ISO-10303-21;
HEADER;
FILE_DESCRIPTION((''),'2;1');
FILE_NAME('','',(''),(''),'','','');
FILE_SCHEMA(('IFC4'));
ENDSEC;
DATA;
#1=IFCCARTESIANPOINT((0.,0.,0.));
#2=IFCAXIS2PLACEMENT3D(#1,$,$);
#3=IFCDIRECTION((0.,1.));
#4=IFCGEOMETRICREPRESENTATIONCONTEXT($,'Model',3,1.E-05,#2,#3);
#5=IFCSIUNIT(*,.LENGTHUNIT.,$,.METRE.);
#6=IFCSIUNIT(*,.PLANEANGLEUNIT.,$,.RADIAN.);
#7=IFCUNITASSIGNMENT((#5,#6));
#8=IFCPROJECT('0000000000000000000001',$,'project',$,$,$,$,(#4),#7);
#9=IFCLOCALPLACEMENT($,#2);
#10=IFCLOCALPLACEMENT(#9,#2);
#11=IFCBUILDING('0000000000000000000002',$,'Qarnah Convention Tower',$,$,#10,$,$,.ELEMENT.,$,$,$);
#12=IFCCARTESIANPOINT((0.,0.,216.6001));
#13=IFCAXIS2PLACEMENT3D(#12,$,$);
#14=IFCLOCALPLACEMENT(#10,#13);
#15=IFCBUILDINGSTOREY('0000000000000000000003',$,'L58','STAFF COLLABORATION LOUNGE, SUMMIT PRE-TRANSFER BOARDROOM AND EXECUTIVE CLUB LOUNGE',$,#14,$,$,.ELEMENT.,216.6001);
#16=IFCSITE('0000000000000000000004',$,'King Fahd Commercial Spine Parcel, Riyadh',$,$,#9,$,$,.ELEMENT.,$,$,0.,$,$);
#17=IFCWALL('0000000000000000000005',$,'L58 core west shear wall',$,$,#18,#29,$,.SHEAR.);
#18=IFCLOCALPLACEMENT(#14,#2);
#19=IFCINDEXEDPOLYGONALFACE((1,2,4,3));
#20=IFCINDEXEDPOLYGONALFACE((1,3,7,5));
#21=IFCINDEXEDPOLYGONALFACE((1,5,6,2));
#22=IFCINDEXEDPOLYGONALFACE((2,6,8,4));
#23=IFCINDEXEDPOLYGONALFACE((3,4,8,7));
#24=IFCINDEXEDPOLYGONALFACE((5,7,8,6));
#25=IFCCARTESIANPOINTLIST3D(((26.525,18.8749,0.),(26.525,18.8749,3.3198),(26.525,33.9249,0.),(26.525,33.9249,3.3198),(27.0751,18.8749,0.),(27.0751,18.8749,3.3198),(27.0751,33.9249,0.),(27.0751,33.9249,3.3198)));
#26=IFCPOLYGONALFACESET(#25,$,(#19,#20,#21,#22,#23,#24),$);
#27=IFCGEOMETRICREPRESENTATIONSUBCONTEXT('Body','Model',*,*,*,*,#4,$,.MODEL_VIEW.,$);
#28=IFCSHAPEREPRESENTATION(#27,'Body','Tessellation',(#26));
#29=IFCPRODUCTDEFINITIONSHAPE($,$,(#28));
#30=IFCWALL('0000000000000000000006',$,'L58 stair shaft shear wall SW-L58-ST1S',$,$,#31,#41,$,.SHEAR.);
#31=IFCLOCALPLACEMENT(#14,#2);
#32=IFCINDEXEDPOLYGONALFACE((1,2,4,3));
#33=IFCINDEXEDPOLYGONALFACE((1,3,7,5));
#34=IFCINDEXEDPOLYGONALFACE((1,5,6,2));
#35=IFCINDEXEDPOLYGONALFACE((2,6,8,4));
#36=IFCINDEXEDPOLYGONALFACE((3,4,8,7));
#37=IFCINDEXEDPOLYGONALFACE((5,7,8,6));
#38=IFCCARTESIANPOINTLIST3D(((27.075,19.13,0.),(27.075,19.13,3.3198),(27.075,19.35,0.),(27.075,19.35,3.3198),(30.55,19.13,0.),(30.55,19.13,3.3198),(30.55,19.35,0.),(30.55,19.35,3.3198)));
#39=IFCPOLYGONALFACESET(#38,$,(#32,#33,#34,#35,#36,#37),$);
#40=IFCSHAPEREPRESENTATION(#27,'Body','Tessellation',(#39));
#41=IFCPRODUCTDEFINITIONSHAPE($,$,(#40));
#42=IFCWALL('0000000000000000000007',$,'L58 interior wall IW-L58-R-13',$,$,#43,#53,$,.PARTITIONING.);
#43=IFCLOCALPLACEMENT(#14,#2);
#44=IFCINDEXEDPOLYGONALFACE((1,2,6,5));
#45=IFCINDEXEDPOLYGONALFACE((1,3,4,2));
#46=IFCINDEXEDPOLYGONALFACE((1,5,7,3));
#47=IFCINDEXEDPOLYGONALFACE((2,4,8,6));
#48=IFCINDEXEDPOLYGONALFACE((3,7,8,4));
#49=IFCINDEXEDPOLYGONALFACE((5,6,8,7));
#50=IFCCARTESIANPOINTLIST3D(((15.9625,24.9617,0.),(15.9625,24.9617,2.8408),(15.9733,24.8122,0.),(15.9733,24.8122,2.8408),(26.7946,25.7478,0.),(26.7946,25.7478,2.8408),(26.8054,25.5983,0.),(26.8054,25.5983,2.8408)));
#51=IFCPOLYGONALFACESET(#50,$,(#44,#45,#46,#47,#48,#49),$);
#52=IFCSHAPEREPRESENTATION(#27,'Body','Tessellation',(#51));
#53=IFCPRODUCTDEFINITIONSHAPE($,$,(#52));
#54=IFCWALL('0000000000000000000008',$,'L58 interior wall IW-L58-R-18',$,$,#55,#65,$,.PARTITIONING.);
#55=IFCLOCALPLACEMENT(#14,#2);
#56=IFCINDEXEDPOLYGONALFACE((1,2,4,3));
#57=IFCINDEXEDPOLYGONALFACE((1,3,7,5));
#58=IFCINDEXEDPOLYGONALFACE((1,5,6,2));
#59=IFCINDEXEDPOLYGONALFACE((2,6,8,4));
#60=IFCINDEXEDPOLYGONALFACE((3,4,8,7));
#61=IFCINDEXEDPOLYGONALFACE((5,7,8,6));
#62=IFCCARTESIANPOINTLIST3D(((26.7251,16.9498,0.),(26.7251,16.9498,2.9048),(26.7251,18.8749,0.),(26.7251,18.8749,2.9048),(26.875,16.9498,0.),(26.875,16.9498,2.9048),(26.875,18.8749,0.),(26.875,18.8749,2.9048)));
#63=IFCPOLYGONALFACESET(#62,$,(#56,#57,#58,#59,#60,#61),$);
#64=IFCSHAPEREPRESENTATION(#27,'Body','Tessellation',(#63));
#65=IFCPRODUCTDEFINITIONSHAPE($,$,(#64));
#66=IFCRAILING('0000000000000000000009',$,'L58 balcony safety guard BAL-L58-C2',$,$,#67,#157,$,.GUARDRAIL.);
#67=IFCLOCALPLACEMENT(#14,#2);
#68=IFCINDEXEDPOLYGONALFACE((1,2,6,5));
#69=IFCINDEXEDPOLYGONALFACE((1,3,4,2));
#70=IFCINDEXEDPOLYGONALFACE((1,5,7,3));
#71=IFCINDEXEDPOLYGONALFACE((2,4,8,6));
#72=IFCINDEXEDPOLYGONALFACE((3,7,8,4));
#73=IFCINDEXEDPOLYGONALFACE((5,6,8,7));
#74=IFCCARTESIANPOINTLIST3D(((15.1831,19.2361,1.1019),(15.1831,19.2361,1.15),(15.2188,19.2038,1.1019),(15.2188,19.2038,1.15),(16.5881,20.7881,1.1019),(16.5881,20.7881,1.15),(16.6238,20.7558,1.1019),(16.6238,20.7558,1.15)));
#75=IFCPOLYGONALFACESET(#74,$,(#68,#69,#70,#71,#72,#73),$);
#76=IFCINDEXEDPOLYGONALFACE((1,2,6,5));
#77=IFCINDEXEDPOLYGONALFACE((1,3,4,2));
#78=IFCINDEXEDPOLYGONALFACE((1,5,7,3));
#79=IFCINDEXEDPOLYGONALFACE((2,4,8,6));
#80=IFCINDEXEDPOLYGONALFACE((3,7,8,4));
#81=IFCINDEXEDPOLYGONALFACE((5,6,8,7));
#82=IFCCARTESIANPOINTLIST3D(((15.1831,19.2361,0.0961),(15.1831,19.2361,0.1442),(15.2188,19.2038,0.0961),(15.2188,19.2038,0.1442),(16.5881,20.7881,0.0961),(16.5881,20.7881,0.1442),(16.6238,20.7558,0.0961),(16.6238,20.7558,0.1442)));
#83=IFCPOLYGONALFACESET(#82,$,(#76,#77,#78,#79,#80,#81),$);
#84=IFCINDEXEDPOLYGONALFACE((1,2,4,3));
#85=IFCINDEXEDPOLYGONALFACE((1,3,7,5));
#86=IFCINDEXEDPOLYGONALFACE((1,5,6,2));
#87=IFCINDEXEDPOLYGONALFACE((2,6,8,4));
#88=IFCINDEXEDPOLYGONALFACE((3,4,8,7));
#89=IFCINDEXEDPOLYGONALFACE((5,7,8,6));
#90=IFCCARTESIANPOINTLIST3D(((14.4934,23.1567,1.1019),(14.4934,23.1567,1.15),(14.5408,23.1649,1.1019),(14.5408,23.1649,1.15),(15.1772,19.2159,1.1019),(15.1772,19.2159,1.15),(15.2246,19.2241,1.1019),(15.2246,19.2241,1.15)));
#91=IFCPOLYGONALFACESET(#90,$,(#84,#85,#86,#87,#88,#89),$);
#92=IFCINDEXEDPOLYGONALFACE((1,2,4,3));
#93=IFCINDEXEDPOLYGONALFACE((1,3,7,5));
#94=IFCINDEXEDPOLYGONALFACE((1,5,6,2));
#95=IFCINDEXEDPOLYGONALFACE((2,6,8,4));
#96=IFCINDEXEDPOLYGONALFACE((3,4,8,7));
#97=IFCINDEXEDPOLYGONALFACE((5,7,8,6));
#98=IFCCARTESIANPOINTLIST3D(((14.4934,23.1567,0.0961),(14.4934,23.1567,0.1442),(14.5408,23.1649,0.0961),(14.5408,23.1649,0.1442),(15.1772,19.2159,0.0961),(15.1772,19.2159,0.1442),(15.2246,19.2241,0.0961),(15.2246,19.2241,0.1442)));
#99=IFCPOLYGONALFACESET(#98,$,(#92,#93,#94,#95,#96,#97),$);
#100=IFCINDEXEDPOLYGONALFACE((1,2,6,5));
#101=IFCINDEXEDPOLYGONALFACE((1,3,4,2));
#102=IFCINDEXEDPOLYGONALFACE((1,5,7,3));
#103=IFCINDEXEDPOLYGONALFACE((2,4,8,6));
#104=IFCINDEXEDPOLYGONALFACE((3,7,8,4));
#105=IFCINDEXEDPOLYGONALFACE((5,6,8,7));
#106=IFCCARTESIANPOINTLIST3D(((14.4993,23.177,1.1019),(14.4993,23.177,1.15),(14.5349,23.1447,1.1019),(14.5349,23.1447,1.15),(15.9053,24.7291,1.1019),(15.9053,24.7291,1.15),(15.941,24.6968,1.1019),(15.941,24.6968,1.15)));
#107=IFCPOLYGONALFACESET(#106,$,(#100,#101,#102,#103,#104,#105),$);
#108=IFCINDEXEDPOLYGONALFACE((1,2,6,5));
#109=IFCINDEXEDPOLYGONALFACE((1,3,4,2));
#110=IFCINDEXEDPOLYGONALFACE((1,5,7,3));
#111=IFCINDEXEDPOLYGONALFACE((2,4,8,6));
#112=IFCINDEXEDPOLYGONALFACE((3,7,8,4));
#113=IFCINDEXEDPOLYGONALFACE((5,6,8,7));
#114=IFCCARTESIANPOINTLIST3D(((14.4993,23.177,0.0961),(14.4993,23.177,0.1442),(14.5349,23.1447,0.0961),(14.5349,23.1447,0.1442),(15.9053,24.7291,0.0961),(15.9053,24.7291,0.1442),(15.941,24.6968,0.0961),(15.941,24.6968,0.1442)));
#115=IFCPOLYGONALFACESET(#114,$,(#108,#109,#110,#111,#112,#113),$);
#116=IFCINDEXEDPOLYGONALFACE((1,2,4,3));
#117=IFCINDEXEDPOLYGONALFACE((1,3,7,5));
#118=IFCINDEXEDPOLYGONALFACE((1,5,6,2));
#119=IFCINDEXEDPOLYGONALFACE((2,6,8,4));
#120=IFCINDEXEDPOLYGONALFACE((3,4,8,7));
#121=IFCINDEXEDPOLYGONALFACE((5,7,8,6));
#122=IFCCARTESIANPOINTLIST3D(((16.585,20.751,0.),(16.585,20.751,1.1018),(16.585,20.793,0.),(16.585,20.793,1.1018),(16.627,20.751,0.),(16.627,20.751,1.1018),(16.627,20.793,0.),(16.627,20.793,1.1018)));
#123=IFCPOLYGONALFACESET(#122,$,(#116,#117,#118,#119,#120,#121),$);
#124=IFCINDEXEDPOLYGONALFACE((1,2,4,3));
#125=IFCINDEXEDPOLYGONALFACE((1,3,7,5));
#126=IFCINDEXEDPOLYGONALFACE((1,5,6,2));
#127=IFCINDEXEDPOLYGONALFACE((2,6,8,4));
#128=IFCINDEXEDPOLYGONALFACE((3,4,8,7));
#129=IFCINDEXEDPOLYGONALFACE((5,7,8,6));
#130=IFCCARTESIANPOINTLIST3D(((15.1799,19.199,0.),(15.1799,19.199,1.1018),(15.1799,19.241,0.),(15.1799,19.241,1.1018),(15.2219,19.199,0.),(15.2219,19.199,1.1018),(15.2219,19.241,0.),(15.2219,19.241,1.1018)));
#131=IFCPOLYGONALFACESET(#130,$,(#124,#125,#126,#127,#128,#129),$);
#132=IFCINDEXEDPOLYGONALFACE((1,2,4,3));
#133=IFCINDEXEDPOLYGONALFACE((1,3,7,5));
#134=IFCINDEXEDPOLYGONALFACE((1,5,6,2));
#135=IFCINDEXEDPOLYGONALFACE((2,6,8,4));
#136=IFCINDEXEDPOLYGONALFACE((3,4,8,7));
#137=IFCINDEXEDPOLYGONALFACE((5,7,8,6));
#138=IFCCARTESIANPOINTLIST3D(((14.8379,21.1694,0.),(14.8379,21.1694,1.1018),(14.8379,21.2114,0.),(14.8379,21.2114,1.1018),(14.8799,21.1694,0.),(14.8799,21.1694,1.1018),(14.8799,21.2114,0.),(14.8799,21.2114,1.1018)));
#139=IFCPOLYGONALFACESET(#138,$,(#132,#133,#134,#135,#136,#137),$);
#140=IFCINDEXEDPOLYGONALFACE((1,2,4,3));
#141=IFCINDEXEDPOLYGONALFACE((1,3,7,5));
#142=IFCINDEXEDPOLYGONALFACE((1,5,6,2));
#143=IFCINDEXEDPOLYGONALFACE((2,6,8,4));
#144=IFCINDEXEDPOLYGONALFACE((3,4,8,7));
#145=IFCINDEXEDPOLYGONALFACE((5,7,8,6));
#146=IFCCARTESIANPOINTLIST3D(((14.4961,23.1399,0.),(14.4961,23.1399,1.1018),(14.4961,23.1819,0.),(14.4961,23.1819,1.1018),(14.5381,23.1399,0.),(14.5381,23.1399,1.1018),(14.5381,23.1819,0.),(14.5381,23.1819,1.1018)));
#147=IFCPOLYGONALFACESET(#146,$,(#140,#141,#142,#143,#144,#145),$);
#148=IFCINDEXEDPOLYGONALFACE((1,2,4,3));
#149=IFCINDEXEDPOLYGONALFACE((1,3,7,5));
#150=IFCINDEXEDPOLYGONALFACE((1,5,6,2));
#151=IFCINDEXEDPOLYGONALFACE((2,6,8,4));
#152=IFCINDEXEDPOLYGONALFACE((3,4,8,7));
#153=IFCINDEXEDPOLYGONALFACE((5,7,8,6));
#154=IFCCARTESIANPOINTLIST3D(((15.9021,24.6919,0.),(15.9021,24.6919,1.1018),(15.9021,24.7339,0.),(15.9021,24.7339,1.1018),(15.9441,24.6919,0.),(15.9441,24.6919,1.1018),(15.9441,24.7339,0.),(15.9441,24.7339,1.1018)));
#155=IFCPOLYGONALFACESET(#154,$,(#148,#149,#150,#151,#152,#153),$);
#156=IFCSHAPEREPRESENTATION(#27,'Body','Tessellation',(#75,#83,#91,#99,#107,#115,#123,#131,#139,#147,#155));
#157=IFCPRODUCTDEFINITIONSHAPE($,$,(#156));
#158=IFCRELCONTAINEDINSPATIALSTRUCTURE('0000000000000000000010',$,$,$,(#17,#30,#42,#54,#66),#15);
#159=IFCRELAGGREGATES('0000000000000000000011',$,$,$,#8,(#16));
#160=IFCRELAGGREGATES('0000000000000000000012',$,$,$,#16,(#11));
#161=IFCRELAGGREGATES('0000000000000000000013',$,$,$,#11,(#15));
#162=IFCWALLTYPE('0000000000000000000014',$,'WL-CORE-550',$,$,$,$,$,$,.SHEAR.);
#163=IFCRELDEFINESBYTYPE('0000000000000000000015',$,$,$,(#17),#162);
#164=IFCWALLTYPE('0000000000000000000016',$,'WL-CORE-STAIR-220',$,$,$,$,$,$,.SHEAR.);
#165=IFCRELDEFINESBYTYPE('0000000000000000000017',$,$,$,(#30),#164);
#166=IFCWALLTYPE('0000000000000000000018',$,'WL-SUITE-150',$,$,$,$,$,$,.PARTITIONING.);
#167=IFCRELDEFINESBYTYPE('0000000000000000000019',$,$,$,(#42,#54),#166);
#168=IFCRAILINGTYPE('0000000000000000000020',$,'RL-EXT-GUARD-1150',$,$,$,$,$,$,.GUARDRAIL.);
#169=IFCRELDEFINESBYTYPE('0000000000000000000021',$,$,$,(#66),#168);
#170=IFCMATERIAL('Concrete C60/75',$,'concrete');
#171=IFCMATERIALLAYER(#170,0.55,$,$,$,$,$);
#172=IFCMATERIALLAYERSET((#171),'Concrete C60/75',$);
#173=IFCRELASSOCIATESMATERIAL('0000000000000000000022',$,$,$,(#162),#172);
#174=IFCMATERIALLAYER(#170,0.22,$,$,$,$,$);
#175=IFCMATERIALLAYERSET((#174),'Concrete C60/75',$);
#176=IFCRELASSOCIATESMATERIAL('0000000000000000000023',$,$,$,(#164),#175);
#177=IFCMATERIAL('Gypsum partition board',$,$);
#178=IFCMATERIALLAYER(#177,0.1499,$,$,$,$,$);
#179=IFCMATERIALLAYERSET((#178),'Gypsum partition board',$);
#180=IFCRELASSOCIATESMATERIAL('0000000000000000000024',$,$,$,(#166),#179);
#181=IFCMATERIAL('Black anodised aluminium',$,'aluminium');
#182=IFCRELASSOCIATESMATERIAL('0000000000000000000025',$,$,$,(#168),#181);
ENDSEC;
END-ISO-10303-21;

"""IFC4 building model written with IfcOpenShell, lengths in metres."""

from ifc_helpers import new_model, si_unit, direction, frame, frame_2d, origin, origin_2d, place, context, subcontext, project, spatial, rectangle, extrude, material, layer, layer_set, type_object, element, save


model = new_model("IFC4")

# Units and contexts
model_context = context("Model", 3, precision=1e-05, world=origin(), true_north=direction((0.0, 1.0)))
body_context = subcontext(model_context, "Body", "Model", "MODEL_VIEW")
ifc_project = project(units=[si_unit("LENGTHUNIT", "METRE"), si_unit("PLANEANGLEUNIT", "RADIAN")], contexts=[model_context])

# Site, building, storey
site_placement = place(None, origin())
site = spatial("IfcSite", under=ifc_project, at=site_placement, Name="King Fahd Commercial Spine Parcel, Riyadh", CompositionType="ELEMENT", RefElevation=0.0)
building_placement = place(site_placement, origin())
building = spatial("IfcBuilding", under=site, at=building_placement, Name="Qarnah Convention Tower", CompositionType="ELEMENT")
storey_placement = place(building_placement, frame((0.0, 0.0, 216.6001)))
storey = spatial("IfcBuildingStorey", under=building, at=storey_placement, Name="L58", Description="STAFF COLLABORATION LOUNGE, SUMMIT PRE-TRANSFER BOARDROOM AND EXECUTIVE CLUB LOUNGE", CompositionType="ELEMENT", Elevation=216.6001)

# Shared definitions
ifc_material_1 = material(Name="Black anodised aluminium", Category="aluminium")

# Shared definitions
ifc_material_2 = material(Name="Concrete C60/75", Category="concrete")
ifc_layer_1 = layer(ifc_material_2, 0.55)
ifc_layer_set_1 = layer_set([ifc_layer_1], Name="Concrete C60/75")
wall_type_1 = type_object("IfcWallType", Name="WL-CORE-550", PredefinedType="SHEAR", material=ifc_layer_set_1)

# Walls
wall_1_placement = place(storey_placement, frame((26.8, 18.875, 0.0), z_axis=(0.0, 0.0, 1.0), x_axis=(0.0, 1.0, 0.0)))
element("IfcWall", 1, at=wall_1_placement, inside=storey, type_object=wall_type_1, Name="L58 core west shear wall", PredefinedType="SHEAR", context=body_context, shape_type="SweptSolid", body=[
    extrude(rectangle(XDim=15.05, YDim=0.55, at=frame_2d((7.5249, 0.0))), origin(), (0.0, 0.0, 1.0), 3.3198),
])
ifc_layer_2 = layer(ifc_material_2, 0.22)
ifc_layer_set_2 = layer_set([ifc_layer_2], Name="Concrete C60/75")
wall_type_2 = type_object("IfcWallType", Name="WL-CORE-STAIR-220", PredefinedType="SHEAR", material=ifc_layer_set_2)
wall_2_placement = place(storey_placement, frame((27.075, 19.24, 0.0), z_axis=(0.0, 0.0, 1.0), x_axis=(1.0, 0.0, 0.0)))
element("IfcWall", 2, at=wall_2_placement, inside=storey, type_object=wall_type_2, Name="L58 stair shaft shear wall SW-L58-ST1S", PredefinedType="SHEAR", context=body_context, shape_type="SweptSolid", body=[
    extrude(rectangle(XDim=3.4751, YDim=0.22, at=frame_2d((1.7375, 0.0))), origin(), (0.0, 0.0, 1.0), 3.3198),
])

# Walls
ifc_material_3 = material(Name="Gypsum partition board")
ifc_layer_3 = layer(ifc_material_3, 0.1499)
ifc_layer_set_3 = layer_set([ifc_layer_3], Name="Gypsum partition board")
wall_type_3 = type_object("IfcWallType", Name="WL-SUITE-150", PredefinedType="PARTITIONING", material=ifc_layer_set_3)
wall_3_placement = place(storey_placement, frame((15.968, 24.887, 0.0), z_axis=(0.0, 0.0, 1.0), x_axis=(0.997377, 0.072384, 0.0)))
element("IfcWall", 3, at=wall_3_placement, inside=storey, type_object=wall_type_3, Name="L58 interior wall IW-L58-R-13", PredefinedType="PARTITIONING", context=body_context, shape_type="SweptSolid", body=[
    extrude(rectangle(XDim=10.8606, YDim=0.1499, at=frame_2d((5.4302, 0.0))), origin(), (0.0, 0.0, 1.0), 2.8408),
])
wall_4_placement = place(storey_placement, frame((26.8, 16.95, 0.0), z_axis=(0.0, 0.0, 1.0), x_axis=(0.0, 1.0, 0.0)))
element("IfcWall", 4, at=wall_4_placement, inside=storey, type_object=wall_type_3, Name="L58 interior wall IW-L58-R-18", PredefinedType="PARTITIONING", context=body_context, shape_type="SweptSolid", body=[
    extrude(rectangle(XDim=1.925, YDim=0.1499, at=frame_2d((0.9624, 0.0))), origin(), (0.0, 0.0, 1.0), 2.9048),
])

# Railing
railing_type = type_object("IfcRailingType", Name="RL-EXT-GUARD-1150", PredefinedType="GUARDRAIL", material=ifc_material_1)
railing_placement = place(storey_placement, frame((16.606, 20.772, 0.0)))
element("IfcRailing", 5, at=railing_placement, inside=storey, type_object=railing_type, Name="L58 balcony safety guard BAL-L58-C2", PredefinedType="GUARDRAIL", context=body_context, shape_type="SweptSolid", body=[
    extrude(rectangle(XDim=0.0481, YDim=0.0481, at=origin_2d()), frame((0.0, 0.0, 1.126), z_axis=(-0.671133, -0.741337, 0.0), x_axis=(0.741337, -0.671133, 0.0)), (0.0, 0.0, 1.0), 2.0935),
    extrude(rectangle(XDim=0.0481, YDim=0.0481, at=origin_2d()), frame((0.0, 0.0, 0.1201), z_axis=(-0.671133, -0.741337, 0.0), x_axis=(0.741337, -0.671133, 0.0)), (0.0, 0.0, 1.0), 2.0935),
    extrude(rectangle(XDim=0.0481, YDim=0.0481, at=origin_2d()), frame((-1.405, -1.552, 1.126), z_axis=(-0.170968, 0.985277, 0.0), x_axis=(-0.985277, -0.170968, 0.0)), (0.0, 0.0, 1.0), 3.9998),
    extrude(rectangle(XDim=0.0481, YDim=0.0481, at=origin_2d()), frame((-1.405, -1.552, 0.1201), z_axis=(-0.170968, 0.985277, 0.0), x_axis=(-0.985277, -0.170968, 0.0)), (0.0, 0.0, 1.0), 3.9998),
    extrude(rectangle(XDim=0.0481, YDim=0.0481, at=origin_2d()), frame((-2.0889, 2.3889, 1.126), z_axis=(0.671389, 0.741105, 0.0), x_axis=(-0.741105, 0.671389, 0.0)), (0.0, 0.0, 1.0), 2.0942),
    extrude(rectangle(XDim=0.0481, YDim=0.0481, at=origin_2d()), frame((-2.0889, 2.3889, 0.1201), z_axis=(0.671389, 0.741105, 0.0), x_axis=(-0.741105, 0.671389, 0.0)), (0.0, 0.0, 1.0), 2.0942),
    extrude(rectangle(XDim=0.042, YDim=0.042, at=origin_2d()), origin(), (0.0, 0.0, 1.0), 1.1018),
    extrude(rectangle(XDim=0.042, YDim=0.042, at=origin_2d()), frame((-1.405, -1.552, 0.0)), (0.0, 0.0, 1.0), 1.1018),
    extrude(rectangle(XDim=0.042, YDim=0.042, at=origin_2d()), frame((-1.7471, 0.4185, 0.0)), (0.0, 0.0, 1.0), 1.1018),
    extrude(rectangle(XDim=0.042, YDim=0.042, at=origin_2d()), frame((-2.0889, 2.3889, 0.0)), (0.0, 0.0, 1.0), 1.1018),
    extrude(rectangle(XDim=0.042, YDim=0.042, at=origin_2d()), frame((-0.6829, 3.9409, 0.0)), (0.0, 0.0, 1.0), 1.1018),
])

save(model, "model.ifc")
